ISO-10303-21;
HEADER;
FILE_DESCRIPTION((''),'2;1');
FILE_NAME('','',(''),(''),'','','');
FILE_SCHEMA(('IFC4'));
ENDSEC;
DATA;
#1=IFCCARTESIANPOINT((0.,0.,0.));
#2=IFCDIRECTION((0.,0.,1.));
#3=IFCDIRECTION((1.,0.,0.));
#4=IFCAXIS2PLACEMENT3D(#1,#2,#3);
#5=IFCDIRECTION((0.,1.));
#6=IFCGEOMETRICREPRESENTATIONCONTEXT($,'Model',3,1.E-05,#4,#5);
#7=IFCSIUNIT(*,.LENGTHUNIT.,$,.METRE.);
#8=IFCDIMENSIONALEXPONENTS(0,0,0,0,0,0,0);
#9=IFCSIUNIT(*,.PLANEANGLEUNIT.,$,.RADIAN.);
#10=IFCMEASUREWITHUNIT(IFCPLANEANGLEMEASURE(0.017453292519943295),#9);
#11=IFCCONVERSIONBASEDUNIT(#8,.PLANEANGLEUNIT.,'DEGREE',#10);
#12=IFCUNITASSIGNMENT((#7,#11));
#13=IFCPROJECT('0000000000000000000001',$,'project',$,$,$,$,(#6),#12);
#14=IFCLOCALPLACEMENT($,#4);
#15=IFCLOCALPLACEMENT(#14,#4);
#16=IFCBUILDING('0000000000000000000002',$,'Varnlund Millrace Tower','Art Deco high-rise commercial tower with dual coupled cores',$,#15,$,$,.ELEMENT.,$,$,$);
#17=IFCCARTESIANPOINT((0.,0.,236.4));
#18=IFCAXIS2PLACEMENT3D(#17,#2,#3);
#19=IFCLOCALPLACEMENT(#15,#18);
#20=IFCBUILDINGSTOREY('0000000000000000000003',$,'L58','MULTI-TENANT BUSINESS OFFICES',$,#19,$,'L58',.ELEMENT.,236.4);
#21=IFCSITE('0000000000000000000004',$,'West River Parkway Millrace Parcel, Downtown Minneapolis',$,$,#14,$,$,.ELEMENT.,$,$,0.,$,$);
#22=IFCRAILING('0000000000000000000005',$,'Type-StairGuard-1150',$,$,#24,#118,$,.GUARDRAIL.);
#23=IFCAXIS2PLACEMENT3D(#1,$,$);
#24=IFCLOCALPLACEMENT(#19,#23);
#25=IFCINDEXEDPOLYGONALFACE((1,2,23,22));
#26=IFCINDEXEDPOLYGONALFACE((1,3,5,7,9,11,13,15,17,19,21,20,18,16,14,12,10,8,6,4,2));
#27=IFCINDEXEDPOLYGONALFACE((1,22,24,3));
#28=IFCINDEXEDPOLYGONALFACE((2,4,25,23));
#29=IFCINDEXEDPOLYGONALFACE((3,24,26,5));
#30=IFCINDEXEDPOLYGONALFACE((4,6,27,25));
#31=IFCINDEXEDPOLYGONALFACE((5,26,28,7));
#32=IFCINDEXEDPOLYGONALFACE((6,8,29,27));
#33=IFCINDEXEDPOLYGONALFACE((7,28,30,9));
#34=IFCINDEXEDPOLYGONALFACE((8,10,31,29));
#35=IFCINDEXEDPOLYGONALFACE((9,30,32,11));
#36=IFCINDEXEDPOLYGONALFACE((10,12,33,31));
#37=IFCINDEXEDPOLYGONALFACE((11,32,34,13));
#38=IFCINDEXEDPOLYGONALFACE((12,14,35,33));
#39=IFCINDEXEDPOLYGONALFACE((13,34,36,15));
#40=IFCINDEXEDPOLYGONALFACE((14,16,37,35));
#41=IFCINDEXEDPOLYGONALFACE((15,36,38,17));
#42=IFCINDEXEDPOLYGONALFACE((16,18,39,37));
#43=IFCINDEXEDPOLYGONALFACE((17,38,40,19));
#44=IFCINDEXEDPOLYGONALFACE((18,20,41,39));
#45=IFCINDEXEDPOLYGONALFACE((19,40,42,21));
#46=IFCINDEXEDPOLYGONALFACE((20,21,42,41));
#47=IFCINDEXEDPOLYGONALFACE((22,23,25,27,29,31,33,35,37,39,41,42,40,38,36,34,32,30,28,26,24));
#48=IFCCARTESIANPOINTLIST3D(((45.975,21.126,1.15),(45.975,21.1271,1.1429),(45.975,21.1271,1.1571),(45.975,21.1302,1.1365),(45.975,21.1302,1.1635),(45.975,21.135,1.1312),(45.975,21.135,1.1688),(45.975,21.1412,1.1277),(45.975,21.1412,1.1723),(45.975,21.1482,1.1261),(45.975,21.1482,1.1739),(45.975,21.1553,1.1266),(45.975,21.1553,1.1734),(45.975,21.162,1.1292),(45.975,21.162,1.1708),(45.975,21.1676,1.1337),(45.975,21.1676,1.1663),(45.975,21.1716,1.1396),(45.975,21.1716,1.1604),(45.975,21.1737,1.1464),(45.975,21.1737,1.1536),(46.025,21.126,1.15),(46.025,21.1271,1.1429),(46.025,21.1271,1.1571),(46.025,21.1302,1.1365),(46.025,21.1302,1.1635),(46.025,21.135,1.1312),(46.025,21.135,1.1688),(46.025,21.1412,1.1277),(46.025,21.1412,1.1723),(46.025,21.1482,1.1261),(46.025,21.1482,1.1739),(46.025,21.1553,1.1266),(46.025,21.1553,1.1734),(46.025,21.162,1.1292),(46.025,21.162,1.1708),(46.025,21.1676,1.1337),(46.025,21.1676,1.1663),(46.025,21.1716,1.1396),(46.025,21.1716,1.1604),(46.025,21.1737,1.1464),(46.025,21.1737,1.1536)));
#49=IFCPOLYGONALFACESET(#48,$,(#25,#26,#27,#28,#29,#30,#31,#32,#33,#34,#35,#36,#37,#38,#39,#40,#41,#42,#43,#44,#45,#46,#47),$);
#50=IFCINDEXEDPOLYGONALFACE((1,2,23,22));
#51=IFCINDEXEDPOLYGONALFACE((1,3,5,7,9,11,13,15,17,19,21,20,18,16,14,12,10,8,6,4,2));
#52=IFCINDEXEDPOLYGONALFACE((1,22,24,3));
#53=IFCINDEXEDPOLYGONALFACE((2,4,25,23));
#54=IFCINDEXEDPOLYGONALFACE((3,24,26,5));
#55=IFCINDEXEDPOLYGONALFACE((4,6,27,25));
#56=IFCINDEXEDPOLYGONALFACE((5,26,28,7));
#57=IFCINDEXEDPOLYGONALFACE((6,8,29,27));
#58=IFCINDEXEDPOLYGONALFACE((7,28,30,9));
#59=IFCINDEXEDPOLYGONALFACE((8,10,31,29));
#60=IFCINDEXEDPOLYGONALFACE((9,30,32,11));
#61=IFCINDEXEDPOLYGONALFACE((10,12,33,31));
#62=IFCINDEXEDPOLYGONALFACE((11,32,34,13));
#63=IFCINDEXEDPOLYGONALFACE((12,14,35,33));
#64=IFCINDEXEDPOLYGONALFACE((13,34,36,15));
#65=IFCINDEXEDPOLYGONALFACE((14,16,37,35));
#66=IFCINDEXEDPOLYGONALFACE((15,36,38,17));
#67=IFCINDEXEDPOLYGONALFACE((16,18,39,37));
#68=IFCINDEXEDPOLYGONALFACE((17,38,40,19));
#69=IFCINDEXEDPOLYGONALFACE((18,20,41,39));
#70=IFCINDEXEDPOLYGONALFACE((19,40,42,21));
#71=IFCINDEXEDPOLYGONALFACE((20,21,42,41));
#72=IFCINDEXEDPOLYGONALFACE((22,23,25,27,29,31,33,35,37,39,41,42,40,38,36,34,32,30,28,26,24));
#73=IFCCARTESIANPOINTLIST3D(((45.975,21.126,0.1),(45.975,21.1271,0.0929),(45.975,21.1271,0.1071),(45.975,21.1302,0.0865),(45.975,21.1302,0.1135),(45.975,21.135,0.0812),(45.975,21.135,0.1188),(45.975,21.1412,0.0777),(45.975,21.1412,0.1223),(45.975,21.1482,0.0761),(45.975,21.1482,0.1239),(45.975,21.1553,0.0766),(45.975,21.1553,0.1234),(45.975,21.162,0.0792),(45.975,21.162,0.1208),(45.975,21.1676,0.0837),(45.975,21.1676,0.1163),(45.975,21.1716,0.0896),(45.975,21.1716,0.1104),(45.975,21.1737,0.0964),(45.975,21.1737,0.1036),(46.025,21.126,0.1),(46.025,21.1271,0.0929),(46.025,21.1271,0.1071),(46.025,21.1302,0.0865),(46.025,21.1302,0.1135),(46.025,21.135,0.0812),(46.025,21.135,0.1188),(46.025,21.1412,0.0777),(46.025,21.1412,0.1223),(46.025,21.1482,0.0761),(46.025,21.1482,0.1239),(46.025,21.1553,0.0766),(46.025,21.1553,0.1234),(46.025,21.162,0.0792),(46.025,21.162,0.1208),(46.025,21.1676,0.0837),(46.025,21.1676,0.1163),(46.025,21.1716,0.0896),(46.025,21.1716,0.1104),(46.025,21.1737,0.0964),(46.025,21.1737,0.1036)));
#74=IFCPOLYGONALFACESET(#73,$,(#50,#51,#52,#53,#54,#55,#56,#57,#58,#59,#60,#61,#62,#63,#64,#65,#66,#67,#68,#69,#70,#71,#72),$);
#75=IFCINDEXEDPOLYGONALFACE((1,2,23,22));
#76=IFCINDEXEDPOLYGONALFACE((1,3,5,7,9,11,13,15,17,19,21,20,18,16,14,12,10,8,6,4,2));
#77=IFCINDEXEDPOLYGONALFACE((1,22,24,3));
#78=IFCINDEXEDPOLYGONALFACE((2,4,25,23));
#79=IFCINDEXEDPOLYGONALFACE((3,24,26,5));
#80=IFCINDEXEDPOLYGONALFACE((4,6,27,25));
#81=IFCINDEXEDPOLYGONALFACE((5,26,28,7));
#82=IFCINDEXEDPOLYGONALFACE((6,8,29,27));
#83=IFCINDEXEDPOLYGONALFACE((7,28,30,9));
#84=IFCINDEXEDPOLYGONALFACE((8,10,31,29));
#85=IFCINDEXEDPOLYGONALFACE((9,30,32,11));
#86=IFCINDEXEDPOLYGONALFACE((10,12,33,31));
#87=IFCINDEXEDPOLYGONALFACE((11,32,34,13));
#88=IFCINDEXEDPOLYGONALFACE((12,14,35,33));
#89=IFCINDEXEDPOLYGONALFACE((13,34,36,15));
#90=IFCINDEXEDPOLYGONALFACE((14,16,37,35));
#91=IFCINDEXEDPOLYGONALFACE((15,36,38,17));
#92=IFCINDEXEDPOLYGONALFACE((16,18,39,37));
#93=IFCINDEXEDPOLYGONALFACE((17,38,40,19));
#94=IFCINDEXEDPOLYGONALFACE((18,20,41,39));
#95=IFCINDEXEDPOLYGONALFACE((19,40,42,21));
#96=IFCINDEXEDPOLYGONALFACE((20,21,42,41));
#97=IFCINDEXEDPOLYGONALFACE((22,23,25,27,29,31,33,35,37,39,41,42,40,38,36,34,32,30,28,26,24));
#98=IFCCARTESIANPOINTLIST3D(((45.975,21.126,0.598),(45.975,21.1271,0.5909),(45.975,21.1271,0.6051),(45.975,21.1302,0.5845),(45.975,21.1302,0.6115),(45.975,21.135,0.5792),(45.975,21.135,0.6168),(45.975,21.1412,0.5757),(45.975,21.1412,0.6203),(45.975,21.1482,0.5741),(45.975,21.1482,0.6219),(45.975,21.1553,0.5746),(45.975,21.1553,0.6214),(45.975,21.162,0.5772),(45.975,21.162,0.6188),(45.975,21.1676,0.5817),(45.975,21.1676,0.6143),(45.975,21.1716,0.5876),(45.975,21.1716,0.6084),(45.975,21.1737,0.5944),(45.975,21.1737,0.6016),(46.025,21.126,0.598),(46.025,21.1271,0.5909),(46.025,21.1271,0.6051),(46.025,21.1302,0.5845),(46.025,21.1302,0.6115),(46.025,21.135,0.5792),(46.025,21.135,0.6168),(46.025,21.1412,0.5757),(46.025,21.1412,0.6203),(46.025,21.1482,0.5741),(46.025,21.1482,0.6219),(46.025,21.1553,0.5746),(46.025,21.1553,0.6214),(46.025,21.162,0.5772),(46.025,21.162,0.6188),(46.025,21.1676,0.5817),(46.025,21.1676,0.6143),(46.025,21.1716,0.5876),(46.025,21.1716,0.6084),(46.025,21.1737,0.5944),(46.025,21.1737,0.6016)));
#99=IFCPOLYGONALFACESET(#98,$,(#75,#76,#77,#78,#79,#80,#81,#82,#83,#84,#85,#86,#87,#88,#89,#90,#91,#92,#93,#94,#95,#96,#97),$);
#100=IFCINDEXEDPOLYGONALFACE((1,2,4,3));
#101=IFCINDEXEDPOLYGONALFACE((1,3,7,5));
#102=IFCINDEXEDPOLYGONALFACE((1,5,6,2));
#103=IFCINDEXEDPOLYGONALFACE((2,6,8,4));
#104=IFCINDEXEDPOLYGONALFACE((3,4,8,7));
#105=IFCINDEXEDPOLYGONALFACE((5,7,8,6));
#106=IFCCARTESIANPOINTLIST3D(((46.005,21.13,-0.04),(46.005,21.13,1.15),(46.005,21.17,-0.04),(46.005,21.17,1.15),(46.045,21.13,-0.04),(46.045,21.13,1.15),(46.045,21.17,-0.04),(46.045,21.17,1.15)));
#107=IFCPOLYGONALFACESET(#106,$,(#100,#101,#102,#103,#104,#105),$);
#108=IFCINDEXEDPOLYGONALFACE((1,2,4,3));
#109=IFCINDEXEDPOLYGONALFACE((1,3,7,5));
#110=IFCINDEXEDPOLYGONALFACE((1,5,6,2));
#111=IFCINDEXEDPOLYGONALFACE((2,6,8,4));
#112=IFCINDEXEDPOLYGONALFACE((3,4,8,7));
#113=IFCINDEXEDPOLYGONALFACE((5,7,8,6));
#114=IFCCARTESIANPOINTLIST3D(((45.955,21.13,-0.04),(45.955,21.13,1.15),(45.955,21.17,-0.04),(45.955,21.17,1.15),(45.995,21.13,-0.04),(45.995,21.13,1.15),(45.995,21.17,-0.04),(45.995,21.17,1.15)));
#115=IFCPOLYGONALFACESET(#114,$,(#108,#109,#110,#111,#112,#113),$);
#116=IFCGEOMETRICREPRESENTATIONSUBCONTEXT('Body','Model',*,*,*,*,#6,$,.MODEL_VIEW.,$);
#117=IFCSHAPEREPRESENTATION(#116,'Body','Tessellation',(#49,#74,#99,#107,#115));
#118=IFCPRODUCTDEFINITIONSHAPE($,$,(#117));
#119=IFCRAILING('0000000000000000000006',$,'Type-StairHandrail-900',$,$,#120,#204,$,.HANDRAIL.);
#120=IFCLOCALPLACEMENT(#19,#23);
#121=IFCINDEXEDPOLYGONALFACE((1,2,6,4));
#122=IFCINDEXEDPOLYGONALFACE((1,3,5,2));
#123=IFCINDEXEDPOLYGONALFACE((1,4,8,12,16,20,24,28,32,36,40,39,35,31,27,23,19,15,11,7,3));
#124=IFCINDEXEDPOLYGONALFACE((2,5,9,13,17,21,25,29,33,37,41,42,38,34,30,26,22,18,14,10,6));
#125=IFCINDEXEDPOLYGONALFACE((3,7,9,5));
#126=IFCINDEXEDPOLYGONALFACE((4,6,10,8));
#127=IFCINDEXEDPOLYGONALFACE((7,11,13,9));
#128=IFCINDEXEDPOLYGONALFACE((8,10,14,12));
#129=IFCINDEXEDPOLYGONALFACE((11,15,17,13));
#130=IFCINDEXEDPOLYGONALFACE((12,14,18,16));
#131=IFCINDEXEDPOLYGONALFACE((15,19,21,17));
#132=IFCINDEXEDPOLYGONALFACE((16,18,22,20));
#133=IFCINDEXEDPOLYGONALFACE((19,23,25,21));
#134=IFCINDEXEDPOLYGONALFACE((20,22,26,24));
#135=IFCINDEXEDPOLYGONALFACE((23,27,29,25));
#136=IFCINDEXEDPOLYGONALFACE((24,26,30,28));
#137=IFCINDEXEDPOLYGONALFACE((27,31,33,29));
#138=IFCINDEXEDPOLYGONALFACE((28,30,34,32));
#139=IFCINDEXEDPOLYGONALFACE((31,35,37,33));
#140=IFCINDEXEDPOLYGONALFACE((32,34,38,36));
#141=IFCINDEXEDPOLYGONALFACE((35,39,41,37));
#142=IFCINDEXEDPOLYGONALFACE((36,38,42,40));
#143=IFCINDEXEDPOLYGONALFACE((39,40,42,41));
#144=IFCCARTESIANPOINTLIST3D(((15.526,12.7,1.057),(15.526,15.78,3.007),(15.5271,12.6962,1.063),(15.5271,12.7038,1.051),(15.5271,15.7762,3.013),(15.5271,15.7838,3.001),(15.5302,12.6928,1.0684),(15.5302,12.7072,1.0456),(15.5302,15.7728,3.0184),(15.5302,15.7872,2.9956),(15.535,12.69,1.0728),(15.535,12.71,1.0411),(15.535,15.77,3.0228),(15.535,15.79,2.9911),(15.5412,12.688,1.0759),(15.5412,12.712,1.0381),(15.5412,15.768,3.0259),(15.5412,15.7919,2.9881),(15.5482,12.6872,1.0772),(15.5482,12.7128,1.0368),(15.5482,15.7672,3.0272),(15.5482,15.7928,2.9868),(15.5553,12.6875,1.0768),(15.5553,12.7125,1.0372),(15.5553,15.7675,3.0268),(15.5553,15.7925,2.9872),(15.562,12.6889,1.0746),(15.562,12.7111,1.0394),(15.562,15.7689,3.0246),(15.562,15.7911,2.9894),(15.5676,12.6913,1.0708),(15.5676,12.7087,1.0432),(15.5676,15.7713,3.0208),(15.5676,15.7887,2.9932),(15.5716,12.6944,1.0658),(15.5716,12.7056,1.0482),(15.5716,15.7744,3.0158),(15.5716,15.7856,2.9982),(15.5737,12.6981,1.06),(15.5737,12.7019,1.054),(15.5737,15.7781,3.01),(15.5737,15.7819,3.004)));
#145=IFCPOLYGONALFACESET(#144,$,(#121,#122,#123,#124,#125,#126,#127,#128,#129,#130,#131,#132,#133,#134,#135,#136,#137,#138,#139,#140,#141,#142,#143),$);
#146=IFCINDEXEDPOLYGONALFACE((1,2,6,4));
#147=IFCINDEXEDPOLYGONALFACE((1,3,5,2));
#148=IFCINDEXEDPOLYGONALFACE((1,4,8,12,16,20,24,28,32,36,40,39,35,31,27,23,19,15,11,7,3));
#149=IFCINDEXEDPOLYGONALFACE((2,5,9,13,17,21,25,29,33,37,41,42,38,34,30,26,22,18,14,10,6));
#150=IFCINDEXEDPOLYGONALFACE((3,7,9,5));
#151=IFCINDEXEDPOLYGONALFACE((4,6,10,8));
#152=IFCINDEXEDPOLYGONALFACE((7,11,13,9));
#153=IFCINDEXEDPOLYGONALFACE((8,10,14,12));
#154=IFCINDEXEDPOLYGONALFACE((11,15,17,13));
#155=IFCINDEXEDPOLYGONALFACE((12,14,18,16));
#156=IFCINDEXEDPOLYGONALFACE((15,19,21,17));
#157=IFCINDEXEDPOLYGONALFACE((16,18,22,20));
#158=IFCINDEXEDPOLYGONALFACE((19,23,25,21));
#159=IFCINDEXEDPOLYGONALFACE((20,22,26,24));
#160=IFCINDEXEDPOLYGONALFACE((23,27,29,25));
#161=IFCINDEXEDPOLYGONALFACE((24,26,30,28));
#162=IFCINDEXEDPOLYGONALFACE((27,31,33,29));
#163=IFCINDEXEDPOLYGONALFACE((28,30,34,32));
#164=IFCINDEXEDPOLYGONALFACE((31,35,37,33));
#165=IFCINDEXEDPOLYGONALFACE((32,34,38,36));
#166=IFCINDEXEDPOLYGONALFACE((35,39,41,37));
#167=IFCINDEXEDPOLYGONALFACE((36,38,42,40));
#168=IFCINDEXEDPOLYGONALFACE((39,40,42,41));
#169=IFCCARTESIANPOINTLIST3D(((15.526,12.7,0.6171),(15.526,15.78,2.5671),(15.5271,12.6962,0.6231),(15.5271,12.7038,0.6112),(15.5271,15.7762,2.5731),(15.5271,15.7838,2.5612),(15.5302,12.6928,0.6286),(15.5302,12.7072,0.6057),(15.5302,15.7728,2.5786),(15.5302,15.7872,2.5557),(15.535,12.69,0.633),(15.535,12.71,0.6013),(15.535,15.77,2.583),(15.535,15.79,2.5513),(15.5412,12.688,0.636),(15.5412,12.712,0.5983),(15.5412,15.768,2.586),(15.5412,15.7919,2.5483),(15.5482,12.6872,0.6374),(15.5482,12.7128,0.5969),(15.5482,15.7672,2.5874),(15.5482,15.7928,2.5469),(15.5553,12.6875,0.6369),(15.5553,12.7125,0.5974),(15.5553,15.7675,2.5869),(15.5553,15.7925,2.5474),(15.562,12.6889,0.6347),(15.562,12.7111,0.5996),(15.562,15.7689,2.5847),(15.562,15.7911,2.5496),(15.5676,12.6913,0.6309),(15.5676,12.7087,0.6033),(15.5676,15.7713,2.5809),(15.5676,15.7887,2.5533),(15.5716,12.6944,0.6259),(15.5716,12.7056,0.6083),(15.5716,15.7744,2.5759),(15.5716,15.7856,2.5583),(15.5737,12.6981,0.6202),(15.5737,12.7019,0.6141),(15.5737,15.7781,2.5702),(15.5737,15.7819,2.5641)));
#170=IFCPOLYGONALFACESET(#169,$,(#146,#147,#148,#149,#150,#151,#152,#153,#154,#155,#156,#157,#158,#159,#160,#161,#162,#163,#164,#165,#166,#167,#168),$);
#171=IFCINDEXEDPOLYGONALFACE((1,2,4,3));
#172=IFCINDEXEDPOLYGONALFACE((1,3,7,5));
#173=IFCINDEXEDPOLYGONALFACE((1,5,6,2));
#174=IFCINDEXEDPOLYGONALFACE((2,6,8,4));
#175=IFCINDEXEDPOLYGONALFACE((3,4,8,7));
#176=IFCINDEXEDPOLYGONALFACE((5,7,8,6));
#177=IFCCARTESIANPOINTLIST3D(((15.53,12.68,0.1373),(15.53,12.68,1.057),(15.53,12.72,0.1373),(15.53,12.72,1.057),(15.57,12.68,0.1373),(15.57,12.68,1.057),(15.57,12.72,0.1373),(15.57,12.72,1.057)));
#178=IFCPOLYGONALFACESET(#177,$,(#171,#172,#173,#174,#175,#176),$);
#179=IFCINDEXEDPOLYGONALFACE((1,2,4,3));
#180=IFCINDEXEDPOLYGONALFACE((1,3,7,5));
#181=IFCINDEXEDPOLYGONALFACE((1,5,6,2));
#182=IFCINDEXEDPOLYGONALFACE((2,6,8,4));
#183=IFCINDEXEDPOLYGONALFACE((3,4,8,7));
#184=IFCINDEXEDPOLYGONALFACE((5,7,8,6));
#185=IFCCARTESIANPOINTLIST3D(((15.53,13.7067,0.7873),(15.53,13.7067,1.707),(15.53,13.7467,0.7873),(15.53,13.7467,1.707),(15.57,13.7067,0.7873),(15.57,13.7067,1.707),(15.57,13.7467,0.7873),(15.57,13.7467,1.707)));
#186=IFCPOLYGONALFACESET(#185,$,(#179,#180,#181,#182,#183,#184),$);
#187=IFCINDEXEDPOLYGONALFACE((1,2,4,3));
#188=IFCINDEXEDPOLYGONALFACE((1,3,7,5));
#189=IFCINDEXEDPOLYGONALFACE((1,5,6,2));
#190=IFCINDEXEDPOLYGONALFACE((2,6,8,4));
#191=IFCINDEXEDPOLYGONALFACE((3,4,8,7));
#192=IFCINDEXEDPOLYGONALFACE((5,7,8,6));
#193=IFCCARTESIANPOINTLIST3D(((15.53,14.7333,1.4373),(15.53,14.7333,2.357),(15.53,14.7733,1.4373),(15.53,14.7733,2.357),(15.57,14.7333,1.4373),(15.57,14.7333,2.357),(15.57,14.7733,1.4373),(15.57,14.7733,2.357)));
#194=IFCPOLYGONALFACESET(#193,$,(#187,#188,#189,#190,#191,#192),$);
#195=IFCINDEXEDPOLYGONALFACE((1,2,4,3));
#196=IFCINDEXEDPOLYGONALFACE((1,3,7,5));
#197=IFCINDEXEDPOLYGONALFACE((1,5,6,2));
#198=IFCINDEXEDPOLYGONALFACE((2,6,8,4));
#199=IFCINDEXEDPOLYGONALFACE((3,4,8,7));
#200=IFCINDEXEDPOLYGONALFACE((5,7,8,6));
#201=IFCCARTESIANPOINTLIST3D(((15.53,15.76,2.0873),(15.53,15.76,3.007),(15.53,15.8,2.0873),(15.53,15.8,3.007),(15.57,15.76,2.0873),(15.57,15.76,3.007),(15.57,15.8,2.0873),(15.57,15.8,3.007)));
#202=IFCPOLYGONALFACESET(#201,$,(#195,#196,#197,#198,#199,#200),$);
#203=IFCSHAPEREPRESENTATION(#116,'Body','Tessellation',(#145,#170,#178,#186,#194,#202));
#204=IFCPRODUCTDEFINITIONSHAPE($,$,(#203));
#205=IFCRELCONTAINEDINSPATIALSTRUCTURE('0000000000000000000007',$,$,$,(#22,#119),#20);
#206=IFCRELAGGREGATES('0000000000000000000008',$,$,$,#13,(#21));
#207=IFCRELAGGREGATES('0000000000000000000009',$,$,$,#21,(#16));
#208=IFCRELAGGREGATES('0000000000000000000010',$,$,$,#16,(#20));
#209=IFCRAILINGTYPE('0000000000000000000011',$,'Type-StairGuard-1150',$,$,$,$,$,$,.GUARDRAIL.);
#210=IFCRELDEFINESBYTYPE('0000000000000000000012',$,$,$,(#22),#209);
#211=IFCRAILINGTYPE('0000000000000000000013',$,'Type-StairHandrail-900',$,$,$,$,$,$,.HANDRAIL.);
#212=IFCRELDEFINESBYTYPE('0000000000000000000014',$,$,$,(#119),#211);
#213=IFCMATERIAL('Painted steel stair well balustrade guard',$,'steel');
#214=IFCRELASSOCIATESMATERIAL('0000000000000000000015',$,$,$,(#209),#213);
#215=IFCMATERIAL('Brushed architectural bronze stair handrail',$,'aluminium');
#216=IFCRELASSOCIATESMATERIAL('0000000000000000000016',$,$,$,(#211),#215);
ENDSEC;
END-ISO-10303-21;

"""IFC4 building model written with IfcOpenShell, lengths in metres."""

from ifc_helpers import new_model, entity, si_unit, converted_unit, direction, frame, origin_with_axes, origin_2d_with_axis, place, context, subcontext, project, spatial, rectangle, circle, extrude, material, type_object, element, save


model = new_model("IFC4")

# Units and contexts
model_context = context("Model", 3, precision=1e-05, world=origin_with_axes(), true_north=direction((0.0, 1.0)))
body_context = subcontext(model_context, "Body", "Model", "MODEL_VIEW")
ifc_project = project(units=[si_unit("LENGTHUNIT", "METRE"), converted_unit("PLANEANGLEUNIT", "DEGREE", entity("IfcPlaneAngleMeasure", 0.017453292519943295), si_unit("PLANEANGLEUNIT", "RADIAN"), dimensions=[0, 0, 0, 0, 0, 0, 0])], contexts=[model_context])

# Site, building, storey
site_placement = place(None, origin_with_axes())
site = spatial("IfcSite", under=ifc_project, at=site_placement, Name="West River Parkway Millrace Parcel, Downtown Minneapolis", CompositionType="ELEMENT", RefElevation=0.0)
building_placement = place(site_placement, origin_with_axes())
building = spatial("IfcBuilding", under=site, at=building_placement, Name="Varnlund Millrace Tower", Description="Art Deco high-rise commercial tower with dual coupled cores", CompositionType="ELEMENT")
storey_placement = place(building_placement, frame((0.0, 0.0, 236.4), z_axis=(0.0, 0.0, 1.0), x_axis=(1.0, 0.0, 0.0)))
storey = spatial("IfcBuildingStorey", under=building, at=storey_placement, Name="L58", Description="MULTI-TENANT BUSINESS OFFICES", LongName="L58", CompositionType="ELEMENT", Elevation=236.4)

# Railings
ifc_material_1 = material(Name="Painted steel stair well balustrade guard", Category="steel")
railing_type_1 = type_object("IfcRailingType", Name="Type-StairGuard-1150", PredefinedType="GUARDRAIL", material=ifc_material_1)
railing_1_placement = place(storey_placement, frame((0.0, 0.0, -236.4), z_axis=(0.0, 0.0, 1.0), x_axis=(1.0, 0.0, 0.0)))
element("IfcRailing", 1, at=railing_1_placement, inside=storey, type_object=railing_type_1, Name="Type-StairGuard-1150", PredefinedType="GUARDRAIL", context=body_context, shape_type="SweptSolid", body=[
    extrude(circle(Radius=0.024, at=origin_2d_with_axis()), frame((46.025, 21.15, 237.55), z_axis=(-1.0, 0.0, 0.0), x_axis=(0.0, -1.0, 0.0)), (0.0, 0.0, 1.0), 0.05),
    extrude(circle(Radius=0.024, at=origin_2d_with_axis()), frame((46.025, 21.15, 236.5), z_axis=(-1.0, 0.0, 0.0), x_axis=(0.0, -1.0, 0.0)), (0.0, 0.0, 1.0), 0.05),
    extrude(circle(Radius=0.024, at=origin_2d_with_axis()), frame((46.025, 21.15, 236.998), z_axis=(-1.0, 0.0, 0.0), x_axis=(0.0, -1.0, 0.0)), (0.0, 0.0, 1.0), 0.05),
    extrude(rectangle(XDim=0.04, YDim=0.04, at=origin_2d_with_axis()), frame((46.025, 21.15, 236.36), z_axis=(0.0, 0.0, 1.0), x_axis=(1.0, 0.0, 0.0)), (0.0, 0.0, 1.0), 1.19),
    extrude(rectangle(XDim=0.04, YDim=0.04, at=origin_2d_with_axis()), frame((45.975, 21.15, 236.36), z_axis=(0.0, 0.0, 1.0), x_axis=(1.0, 0.0, 0.0)), (0.0, 0.0, 1.0), 1.19),
])
ifc_material_2 = material(Name="Brushed architectural bronze stair handrail", Category="aluminium")
railing_type_2 = type_object("IfcRailingType", Name="Type-StairHandrail-900", PredefinedType="HANDRAIL", material=ifc_material_2)
railing_2_placement = place(storey_placement, frame((0.0, 0.0, -236.4), z_axis=(0.0, 0.0, 1.0), x_axis=(1.0, 0.0, 0.0)))
element("IfcRailing", 2, at=railing_2_placement, inside=storey, type_object=railing_type_2, Name="Type-StairHandrail-900", PredefinedType="HANDRAIL", context=body_context, shape_type="SweptSolid", body=[
    extrude(circle(Radius=0.024, at=origin_2d_with_axis()), frame((15.55, 12.7, 237.457), z_axis=(0.0, 0.844902, 0.534922), x_axis=(-1.0, 0.0, 0.0)), (0.0, 0.0, 1.0), 3.6454),
    extrude(circle(Radius=0.024, at=origin_2d_with_axis()), frame((15.55, 12.7, 237.0171), z_axis=(0.0, 0.844902, 0.534922), x_axis=(-1.0, 0.0, 0.0)), (0.0, 0.0, 1.0), 3.6454),
    extrude(rectangle(XDim=0.04, YDim=0.04, at=origin_2d_with_axis()), frame((15.55, 12.7, 236.5373), z_axis=(0.0, 0.0, 1.0), x_axis=(1.0, 0.0, 0.0)), (0.0, 0.0, 1.0), 0.9197),
    extrude(rectangle(XDim=0.04, YDim=0.04, at=origin_2d_with_axis()), frame((15.55, 13.7267, 237.1873), z_axis=(0.0, 0.0, 1.0), x_axis=(1.0, 0.0, 0.0)), (0.0, 0.0, 1.0), 0.9197),
    extrude(rectangle(XDim=0.04, YDim=0.04, at=origin_2d_with_axis()), frame((15.55, 14.7533, 237.8373), z_axis=(0.0, 0.0, 1.0), x_axis=(1.0, 0.0, 0.0)), (0.0, 0.0, 1.0), 0.9197),
    extrude(rectangle(XDim=0.04, YDim=0.04, at=origin_2d_with_axis()), frame((15.55, 15.78, 238.4873), z_axis=(0.0, 0.0, 1.0), x_axis=(1.0, 0.0, 0.0)), (0.0, 0.0, 1.0), 0.9197),
])

save(model, "model.ifc")
